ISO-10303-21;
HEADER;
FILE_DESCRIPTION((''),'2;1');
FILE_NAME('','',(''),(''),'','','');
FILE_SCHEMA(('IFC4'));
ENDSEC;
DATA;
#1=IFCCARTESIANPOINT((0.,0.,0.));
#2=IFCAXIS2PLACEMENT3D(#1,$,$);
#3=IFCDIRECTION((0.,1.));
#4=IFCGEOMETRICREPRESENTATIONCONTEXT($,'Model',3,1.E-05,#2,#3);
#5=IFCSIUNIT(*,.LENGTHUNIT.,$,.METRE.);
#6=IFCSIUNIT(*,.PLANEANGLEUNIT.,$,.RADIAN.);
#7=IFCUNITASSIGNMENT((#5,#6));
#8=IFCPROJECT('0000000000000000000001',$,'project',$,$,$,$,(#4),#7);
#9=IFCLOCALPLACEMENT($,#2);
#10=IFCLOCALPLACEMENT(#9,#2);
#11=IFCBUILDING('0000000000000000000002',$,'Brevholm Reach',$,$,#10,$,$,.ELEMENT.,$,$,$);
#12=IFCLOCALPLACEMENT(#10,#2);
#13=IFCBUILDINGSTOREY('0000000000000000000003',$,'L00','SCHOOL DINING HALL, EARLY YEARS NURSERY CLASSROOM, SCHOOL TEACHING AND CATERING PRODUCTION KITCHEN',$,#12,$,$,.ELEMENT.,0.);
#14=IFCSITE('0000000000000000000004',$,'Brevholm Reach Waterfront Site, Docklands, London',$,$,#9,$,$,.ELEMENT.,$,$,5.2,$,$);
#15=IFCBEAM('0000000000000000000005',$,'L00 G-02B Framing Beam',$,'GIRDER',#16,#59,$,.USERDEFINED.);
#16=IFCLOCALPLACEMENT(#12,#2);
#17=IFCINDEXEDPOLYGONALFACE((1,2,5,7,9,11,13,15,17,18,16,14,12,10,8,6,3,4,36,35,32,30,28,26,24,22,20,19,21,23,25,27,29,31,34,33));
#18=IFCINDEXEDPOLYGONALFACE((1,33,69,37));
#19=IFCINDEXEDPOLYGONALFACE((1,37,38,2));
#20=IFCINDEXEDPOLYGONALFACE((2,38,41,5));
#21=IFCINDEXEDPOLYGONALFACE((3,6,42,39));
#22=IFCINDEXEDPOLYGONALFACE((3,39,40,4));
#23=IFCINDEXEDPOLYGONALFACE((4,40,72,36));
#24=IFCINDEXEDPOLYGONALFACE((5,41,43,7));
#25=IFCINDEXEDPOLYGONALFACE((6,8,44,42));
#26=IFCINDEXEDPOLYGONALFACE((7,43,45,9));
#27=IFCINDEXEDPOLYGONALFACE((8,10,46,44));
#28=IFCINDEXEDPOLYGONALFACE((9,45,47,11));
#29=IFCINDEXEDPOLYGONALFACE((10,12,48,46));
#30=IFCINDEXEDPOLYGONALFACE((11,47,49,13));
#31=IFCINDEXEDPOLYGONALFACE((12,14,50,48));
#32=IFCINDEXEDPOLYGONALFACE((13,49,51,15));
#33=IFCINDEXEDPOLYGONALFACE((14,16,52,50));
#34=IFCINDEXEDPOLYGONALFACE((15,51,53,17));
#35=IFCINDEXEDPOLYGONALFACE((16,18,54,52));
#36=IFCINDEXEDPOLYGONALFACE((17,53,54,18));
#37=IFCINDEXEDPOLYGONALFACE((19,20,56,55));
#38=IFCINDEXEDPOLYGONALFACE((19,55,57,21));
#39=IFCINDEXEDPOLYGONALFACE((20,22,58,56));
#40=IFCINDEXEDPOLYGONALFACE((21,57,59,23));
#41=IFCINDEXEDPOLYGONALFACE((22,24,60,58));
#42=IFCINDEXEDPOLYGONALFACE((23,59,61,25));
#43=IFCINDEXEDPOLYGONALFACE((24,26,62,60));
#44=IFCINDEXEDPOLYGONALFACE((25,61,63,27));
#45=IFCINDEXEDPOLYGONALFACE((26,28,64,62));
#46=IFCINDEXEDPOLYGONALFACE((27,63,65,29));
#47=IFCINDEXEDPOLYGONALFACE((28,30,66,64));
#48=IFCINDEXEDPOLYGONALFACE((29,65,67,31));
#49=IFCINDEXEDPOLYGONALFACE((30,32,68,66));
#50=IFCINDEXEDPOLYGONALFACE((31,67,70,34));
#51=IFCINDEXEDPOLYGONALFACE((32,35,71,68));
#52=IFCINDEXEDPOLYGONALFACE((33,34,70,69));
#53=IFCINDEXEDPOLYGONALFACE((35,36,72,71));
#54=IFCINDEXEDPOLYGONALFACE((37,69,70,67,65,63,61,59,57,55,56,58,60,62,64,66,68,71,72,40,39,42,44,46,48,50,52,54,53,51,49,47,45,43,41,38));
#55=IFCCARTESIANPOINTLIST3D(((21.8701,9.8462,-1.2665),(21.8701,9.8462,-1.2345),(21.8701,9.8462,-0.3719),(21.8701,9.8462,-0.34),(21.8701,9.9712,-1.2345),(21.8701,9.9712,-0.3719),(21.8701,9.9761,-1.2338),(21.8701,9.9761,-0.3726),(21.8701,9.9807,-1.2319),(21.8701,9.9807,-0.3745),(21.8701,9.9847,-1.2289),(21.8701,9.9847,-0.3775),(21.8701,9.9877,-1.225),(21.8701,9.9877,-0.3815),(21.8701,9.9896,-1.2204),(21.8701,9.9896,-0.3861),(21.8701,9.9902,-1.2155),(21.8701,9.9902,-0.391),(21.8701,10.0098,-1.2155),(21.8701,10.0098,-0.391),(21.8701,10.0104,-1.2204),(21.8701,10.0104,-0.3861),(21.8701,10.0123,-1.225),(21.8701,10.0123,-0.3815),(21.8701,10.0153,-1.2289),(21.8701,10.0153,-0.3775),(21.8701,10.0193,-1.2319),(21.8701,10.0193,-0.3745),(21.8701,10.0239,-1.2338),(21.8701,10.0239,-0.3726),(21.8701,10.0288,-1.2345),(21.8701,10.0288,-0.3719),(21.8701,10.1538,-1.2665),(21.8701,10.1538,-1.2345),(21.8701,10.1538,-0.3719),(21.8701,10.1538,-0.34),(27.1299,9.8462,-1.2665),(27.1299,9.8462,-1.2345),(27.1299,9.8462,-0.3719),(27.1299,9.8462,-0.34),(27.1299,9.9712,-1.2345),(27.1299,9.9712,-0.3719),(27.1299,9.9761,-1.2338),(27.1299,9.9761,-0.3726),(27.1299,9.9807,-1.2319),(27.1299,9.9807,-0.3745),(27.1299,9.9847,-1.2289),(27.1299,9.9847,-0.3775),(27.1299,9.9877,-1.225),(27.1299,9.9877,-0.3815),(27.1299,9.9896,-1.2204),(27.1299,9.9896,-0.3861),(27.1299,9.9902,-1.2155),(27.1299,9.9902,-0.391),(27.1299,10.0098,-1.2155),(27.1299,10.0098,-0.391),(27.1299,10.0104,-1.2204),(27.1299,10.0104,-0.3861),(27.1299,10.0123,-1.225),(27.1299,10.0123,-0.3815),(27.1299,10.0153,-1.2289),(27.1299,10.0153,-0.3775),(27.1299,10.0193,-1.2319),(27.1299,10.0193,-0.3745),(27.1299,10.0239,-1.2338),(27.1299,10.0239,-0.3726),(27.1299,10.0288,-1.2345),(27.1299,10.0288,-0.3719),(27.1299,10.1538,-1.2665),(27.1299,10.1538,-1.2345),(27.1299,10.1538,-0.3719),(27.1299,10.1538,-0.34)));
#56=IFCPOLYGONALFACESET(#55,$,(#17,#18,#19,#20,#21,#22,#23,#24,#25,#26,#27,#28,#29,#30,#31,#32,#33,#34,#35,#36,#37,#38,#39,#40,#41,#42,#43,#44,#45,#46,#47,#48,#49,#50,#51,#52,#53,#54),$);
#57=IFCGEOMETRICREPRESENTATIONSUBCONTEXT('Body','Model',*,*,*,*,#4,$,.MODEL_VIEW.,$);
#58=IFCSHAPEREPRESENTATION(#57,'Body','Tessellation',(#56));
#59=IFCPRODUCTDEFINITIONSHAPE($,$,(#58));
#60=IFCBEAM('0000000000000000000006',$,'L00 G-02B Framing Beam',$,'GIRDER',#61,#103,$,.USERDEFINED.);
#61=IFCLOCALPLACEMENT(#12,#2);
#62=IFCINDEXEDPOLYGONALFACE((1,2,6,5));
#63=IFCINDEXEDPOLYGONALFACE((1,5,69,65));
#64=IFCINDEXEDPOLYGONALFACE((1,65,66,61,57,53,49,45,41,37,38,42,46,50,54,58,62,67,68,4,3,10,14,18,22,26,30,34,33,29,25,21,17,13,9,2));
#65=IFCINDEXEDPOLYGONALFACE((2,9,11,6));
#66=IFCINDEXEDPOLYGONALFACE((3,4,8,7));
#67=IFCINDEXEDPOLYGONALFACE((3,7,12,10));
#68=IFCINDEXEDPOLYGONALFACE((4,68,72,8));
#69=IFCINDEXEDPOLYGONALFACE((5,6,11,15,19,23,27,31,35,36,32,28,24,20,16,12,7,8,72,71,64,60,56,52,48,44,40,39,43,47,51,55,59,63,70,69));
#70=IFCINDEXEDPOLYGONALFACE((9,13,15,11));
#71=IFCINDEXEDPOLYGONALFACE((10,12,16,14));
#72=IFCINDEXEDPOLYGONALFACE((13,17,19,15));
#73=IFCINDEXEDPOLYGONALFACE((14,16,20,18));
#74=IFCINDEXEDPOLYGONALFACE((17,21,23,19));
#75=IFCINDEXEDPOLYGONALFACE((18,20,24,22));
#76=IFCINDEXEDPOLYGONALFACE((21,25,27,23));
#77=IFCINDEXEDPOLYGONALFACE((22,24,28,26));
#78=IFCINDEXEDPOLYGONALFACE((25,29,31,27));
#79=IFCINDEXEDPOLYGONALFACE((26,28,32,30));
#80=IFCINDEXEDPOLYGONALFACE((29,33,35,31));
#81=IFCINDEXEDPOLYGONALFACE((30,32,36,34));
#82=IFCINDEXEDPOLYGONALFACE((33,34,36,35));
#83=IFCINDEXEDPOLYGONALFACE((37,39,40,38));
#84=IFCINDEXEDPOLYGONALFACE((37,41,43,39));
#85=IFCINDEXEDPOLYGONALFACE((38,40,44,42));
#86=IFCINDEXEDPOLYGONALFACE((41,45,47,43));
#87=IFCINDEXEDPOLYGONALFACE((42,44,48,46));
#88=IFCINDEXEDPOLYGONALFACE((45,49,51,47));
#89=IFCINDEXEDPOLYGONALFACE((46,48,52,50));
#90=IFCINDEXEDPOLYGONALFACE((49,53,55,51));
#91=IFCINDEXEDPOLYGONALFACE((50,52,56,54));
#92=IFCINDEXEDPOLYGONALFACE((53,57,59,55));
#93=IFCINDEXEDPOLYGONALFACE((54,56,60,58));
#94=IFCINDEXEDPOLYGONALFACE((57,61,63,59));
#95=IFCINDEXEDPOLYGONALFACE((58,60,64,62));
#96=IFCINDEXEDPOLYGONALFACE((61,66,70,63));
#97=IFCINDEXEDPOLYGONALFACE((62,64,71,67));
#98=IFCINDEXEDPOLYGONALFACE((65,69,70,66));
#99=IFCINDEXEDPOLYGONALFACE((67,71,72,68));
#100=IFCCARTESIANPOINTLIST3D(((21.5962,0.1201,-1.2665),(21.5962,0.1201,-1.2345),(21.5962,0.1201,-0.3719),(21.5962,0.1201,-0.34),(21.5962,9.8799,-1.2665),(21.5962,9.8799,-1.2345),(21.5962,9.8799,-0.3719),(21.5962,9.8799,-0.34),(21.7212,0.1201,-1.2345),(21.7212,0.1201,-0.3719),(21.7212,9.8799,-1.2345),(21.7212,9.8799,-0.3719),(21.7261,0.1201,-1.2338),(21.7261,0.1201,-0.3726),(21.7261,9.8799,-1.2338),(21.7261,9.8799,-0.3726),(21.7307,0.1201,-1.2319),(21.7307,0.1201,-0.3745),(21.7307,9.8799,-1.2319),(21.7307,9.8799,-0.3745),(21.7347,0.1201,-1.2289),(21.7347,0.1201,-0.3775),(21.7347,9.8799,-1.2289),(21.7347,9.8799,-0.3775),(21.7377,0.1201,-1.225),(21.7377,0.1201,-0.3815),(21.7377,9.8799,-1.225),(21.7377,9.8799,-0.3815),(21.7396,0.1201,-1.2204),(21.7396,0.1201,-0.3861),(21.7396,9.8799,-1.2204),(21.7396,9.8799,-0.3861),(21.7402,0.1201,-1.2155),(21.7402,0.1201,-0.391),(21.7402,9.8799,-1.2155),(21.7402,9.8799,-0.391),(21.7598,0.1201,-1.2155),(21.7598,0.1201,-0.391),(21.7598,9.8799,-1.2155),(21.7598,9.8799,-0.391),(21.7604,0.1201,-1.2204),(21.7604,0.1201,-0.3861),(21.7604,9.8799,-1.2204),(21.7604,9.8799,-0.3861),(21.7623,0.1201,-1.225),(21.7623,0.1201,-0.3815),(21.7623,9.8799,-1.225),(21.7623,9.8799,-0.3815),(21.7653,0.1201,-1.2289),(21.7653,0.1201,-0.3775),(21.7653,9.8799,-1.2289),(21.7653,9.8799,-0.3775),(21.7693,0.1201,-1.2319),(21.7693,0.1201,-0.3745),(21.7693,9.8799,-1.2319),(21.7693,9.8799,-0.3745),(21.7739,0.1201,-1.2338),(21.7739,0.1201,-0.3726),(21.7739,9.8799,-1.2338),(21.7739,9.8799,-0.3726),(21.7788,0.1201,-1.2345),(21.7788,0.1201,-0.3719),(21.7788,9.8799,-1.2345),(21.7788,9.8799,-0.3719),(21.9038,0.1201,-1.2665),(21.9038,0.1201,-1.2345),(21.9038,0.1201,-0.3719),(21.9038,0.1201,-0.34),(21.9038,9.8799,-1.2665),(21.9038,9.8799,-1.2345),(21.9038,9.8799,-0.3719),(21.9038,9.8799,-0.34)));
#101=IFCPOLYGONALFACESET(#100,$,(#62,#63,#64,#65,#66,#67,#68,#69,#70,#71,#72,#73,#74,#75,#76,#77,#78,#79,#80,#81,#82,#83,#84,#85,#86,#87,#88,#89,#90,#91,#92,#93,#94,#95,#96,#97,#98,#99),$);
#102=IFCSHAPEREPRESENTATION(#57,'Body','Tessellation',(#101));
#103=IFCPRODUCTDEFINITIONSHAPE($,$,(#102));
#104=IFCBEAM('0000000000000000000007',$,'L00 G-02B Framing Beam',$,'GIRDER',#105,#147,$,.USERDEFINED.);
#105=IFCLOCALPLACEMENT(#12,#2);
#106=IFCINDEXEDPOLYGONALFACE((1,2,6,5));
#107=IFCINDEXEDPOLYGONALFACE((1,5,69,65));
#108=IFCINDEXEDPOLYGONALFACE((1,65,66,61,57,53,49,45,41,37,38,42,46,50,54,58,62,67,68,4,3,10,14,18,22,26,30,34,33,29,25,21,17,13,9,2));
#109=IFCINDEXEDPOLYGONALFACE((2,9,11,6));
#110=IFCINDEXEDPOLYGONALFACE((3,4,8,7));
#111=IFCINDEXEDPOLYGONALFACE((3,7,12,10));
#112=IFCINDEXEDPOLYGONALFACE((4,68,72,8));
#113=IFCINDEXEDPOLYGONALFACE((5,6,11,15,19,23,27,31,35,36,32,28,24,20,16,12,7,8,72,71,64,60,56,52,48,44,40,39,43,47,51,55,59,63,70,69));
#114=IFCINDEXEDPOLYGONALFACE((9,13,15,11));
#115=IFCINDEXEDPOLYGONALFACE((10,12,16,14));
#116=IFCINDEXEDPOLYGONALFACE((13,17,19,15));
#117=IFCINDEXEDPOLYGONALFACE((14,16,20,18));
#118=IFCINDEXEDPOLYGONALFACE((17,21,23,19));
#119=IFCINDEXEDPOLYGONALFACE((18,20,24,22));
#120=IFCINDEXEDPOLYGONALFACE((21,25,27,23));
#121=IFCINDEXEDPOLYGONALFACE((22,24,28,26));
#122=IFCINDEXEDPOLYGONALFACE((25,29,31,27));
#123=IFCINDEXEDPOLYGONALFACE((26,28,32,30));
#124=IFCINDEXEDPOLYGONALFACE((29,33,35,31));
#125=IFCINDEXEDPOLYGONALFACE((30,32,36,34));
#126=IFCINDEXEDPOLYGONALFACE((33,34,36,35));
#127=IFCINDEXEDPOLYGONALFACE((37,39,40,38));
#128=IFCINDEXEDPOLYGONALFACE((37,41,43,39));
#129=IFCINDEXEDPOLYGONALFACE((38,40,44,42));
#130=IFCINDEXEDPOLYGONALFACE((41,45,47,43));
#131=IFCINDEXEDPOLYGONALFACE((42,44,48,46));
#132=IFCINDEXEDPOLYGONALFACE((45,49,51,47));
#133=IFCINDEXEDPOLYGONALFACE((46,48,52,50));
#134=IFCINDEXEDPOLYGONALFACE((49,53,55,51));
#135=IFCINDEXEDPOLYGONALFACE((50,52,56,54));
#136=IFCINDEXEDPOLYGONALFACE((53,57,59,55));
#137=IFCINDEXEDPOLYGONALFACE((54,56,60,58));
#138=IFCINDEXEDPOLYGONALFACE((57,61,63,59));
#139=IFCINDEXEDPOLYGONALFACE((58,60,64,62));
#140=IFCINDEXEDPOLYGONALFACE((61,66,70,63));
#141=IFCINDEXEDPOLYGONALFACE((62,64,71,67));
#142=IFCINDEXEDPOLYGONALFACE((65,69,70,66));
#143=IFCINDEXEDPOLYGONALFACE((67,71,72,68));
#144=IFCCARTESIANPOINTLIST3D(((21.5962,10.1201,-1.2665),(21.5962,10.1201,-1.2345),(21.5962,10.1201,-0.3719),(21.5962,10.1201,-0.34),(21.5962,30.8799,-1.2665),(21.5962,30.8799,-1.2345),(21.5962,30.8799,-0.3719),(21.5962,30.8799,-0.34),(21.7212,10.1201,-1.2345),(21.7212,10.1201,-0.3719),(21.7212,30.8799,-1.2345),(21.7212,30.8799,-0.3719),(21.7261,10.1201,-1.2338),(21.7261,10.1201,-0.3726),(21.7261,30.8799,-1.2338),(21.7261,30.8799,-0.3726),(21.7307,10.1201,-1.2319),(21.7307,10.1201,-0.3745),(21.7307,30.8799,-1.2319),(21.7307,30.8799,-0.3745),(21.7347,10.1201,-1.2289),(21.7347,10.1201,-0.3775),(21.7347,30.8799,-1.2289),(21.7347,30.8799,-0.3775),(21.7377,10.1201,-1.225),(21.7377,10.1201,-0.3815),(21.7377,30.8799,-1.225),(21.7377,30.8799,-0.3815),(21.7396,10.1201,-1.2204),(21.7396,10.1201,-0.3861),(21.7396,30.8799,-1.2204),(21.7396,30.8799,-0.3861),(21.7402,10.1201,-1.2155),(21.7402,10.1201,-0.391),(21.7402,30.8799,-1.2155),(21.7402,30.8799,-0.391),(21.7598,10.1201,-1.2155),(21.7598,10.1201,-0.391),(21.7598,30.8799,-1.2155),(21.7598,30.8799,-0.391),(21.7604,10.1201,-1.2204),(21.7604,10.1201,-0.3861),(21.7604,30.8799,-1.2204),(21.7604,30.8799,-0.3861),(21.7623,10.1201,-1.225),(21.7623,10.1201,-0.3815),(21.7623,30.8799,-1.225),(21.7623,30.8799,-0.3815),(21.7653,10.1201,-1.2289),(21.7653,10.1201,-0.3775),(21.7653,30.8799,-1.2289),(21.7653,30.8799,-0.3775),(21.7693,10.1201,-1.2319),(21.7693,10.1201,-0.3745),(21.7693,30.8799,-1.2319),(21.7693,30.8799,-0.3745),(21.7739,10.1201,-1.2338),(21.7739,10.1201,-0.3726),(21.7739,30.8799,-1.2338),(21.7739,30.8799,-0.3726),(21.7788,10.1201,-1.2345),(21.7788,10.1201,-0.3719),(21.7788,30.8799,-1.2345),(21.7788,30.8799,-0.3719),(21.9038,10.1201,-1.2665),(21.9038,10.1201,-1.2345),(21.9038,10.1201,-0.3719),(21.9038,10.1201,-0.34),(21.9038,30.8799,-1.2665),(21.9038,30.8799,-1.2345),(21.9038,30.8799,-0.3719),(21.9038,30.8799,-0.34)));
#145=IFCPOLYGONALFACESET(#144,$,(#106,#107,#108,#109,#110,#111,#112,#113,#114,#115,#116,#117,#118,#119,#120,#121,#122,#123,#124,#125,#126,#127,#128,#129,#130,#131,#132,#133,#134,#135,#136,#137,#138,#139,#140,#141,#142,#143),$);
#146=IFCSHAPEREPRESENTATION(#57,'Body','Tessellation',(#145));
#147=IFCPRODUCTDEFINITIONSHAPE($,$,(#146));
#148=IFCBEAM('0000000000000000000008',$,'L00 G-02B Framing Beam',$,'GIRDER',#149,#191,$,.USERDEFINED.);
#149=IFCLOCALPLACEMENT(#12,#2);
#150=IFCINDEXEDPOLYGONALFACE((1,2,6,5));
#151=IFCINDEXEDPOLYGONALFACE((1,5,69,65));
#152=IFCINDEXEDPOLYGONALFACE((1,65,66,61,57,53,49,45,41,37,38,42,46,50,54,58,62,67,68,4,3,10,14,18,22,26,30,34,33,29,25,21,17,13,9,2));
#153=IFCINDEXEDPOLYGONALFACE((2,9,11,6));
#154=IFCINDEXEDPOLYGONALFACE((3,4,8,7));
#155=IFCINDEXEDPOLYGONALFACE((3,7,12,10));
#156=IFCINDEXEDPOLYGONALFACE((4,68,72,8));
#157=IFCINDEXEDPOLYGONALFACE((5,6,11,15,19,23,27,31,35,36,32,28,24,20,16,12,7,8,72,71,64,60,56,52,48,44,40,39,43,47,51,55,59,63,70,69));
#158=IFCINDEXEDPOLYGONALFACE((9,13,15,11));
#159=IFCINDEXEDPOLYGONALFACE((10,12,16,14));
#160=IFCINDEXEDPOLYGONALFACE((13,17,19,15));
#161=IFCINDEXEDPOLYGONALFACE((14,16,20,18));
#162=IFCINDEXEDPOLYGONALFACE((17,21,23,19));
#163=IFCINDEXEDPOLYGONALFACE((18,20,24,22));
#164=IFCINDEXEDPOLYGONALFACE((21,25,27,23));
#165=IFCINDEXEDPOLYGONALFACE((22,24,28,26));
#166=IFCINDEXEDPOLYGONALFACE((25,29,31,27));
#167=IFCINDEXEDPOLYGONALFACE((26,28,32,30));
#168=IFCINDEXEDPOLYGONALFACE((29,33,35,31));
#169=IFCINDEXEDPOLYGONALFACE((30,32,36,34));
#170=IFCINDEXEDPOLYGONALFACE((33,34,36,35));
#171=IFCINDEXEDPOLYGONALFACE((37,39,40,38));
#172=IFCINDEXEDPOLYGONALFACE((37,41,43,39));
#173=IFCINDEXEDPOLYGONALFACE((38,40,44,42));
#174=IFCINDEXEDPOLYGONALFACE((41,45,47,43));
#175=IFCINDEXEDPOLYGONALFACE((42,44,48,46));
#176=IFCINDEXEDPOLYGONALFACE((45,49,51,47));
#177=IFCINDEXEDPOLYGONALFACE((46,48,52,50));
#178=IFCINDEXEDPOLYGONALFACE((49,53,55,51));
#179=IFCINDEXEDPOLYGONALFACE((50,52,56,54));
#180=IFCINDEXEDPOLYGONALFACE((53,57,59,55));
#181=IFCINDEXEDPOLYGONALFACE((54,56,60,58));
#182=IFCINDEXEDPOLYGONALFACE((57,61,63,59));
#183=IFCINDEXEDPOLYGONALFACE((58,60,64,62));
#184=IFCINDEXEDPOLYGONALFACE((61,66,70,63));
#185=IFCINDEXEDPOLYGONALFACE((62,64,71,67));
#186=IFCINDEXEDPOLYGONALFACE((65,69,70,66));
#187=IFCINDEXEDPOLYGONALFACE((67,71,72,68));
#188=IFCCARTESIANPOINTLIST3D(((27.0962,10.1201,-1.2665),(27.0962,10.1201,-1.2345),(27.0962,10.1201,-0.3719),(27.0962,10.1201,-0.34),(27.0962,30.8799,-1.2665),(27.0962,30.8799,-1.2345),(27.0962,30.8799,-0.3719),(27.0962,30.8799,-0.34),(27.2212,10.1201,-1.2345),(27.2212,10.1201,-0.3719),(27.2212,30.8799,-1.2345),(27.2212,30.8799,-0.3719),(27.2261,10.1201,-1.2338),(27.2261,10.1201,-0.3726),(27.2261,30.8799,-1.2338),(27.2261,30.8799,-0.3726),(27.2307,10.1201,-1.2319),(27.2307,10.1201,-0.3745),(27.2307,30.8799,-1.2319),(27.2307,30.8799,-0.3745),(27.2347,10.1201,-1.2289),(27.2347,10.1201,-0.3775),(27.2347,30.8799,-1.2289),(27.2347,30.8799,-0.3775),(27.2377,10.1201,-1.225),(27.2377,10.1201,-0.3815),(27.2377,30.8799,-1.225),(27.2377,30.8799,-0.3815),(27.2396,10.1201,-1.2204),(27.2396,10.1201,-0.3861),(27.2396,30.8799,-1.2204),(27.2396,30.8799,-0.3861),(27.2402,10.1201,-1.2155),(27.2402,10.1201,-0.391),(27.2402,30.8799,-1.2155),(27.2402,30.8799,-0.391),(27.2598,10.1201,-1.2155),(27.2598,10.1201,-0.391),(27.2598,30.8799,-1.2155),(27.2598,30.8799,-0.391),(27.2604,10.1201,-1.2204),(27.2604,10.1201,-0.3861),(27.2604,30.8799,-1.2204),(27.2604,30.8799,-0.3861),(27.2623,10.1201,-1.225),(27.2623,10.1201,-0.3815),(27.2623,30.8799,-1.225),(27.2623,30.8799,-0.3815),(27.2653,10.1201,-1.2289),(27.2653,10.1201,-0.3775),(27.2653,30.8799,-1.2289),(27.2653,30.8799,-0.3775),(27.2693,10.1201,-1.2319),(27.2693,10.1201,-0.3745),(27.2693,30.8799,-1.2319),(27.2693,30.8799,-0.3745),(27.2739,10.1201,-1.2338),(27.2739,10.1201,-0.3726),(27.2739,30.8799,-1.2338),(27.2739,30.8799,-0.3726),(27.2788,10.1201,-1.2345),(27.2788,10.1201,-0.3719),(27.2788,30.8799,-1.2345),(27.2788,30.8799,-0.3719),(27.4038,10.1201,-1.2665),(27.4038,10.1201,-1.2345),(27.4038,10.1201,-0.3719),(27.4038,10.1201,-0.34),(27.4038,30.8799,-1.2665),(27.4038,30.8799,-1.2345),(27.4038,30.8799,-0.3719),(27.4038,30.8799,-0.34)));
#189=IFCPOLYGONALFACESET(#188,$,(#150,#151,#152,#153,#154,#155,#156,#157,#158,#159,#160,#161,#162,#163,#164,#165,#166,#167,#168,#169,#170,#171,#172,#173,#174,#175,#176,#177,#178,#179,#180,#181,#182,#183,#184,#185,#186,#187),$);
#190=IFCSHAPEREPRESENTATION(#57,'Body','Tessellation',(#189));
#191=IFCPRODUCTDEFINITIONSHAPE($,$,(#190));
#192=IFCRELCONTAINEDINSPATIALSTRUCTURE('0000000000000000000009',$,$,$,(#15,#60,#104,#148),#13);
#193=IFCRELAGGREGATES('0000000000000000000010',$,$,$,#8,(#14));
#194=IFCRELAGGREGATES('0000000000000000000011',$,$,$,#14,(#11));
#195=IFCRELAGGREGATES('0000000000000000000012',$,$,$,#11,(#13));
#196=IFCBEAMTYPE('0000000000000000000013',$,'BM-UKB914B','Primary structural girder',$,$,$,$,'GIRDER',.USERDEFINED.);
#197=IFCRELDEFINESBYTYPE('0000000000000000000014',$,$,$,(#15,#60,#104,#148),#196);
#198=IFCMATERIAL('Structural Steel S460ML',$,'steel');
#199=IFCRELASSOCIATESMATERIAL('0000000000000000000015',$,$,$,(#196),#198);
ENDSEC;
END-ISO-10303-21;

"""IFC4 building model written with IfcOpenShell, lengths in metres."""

from ifc_helpers import new_model, si_unit, direction, frame, origin, origin_2d, place, context, subcontext, project, spatial, i_section, extrude, material, material_profile, profile_set, type_object, element, save


model = new_model("IFC4")

# Units and contexts
model_context = context("Model", 3, precision=1e-05, world=origin(), true_north=direction((0.0, 1.0)))
body_context = subcontext(model_context, "Body", "Model", "MODEL_VIEW")
ifc_project = project(units=[si_unit("LENGTHUNIT", "METRE"), si_unit("PLANEANGLEUNIT", "RADIAN")], contexts=[model_context])

# Site, building, storey
site_placement = place(None, origin())
site = spatial("IfcSite", under=ifc_project, at=site_placement, Name="Brevholm Reach Waterfront Site, Docklands, London", CompositionType="ELEMENT", RefElevation=5.2)
building_placement = place(site_placement, origin())
building = spatial("IfcBuilding", under=site, at=building_placement, Name="Brevholm Reach", CompositionType="ELEMENT")
storey_placement = place(building_placement, origin())
storey = spatial("IfcBuildingStorey", under=building, at=storey_placement, Name="L00", Description="SCHOOL DINING HALL, EARLY YEARS NURSERY CLASSROOM, SCHOOL TEACHING AND CATERING PRODUCTION KITCHEN", CompositionType="ELEMENT", Elevation=0.0)

# Beams
ifc_material_1 = material(Name="Structural Steel S460ML", Category="steel")
ifc_material_profile_1 = material_profile(ifc_material_1, i_section(OverallWidth=0.3076, OverallDepth=0.9265, WebThickness=0.0195, FlangeThickness=0.032, FilletRadius=0.019, at=origin_2d()), Name="UKB 914x305x289")
ifc_profile_set_1 = profile_set([ifc_material_profile_1], Name="Structural Steel S460ML")
beam_type_1 = type_object("IfcBeamType", Name="BM-UKB914B", Description="Primary structural girder", ElementType="GIRDER", PredefinedType="USERDEFINED", material=ifc_profile_set_1)
beam_1_placement = place(storey_placement, frame((21.8701, 10.0, -0.8032), z_axis=(1.0, 0.0, 0.0), x_axis=(0.0, 1.0, 0.0)))
element("IfcBeam", 1, at=beam_1_placement, inside=storey, type_object=beam_type_1, Name="L00 G-02B Framing Beam", ObjectType="GIRDER", PredefinedType="USERDEFINED", context=body_context, shape_type="SweptSolid", body=[
    extrude(i_section(OverallWidth=0.3076, OverallDepth=0.9265, WebThickness=0.0195, FlangeThickness=0.032, FilletRadius=0.019, at=origin_2d()), origin(), (0.0, 0.0, 1.0), 5.2598),
])
beam_2_placement = place(storey_placement, frame((21.75, 0.1201, -0.8032), z_axis=(0.0, 1.0, 0.0), x_axis=(-1.0, 0.0, 0.0)))
element("IfcBeam", 2, at=beam_2_placement, inside=storey, type_object=beam_type_1, Name="L00 G-02B Framing Beam", ObjectType="GIRDER", PredefinedType="USERDEFINED", context=body_context, shape_type="SweptSolid", body=[
    extrude(i_section(OverallWidth=0.3076, OverallDepth=0.9265, WebThickness=0.0195, FlangeThickness=0.032, FilletRadius=0.019, at=origin_2d()), origin(), (0.0, 0.0, 1.0), 9.7598),
])
for number, where, z_axis, x_axis, name in (
    (3, (21.75, 10.1201, -0.8032), (0.0, 1.0, 0.0), (-1.0, 0.0, 0.0), "L00 G-02B Framing Beam"),
    (4, (27.25, 10.1201, -0.8032), (0.0, 1.0, 0.0), (-1.0, 0.0, 0.0), "L00 G-02B Framing Beam"),
):
    element("IfcBeam", number, at=place(storey_placement, frame(where, z_axis=z_axis, x_axis=x_axis)), inside=storey, type_object=beam_type_1, Name=name, ObjectType="GIRDER", PredefinedType="USERDEFINED", context=body_context, shape_type="SweptSolid", body=[
        extrude(i_section(OverallWidth=0.3076, OverallDepth=0.9265, WebThickness=0.0195, FlangeThickness=0.032, FilletRadius=0.019, at=origin_2d()), origin(), (0.0, 0.0, 1.0), 20.7598),
    ])

save(model, "model.ifc")
